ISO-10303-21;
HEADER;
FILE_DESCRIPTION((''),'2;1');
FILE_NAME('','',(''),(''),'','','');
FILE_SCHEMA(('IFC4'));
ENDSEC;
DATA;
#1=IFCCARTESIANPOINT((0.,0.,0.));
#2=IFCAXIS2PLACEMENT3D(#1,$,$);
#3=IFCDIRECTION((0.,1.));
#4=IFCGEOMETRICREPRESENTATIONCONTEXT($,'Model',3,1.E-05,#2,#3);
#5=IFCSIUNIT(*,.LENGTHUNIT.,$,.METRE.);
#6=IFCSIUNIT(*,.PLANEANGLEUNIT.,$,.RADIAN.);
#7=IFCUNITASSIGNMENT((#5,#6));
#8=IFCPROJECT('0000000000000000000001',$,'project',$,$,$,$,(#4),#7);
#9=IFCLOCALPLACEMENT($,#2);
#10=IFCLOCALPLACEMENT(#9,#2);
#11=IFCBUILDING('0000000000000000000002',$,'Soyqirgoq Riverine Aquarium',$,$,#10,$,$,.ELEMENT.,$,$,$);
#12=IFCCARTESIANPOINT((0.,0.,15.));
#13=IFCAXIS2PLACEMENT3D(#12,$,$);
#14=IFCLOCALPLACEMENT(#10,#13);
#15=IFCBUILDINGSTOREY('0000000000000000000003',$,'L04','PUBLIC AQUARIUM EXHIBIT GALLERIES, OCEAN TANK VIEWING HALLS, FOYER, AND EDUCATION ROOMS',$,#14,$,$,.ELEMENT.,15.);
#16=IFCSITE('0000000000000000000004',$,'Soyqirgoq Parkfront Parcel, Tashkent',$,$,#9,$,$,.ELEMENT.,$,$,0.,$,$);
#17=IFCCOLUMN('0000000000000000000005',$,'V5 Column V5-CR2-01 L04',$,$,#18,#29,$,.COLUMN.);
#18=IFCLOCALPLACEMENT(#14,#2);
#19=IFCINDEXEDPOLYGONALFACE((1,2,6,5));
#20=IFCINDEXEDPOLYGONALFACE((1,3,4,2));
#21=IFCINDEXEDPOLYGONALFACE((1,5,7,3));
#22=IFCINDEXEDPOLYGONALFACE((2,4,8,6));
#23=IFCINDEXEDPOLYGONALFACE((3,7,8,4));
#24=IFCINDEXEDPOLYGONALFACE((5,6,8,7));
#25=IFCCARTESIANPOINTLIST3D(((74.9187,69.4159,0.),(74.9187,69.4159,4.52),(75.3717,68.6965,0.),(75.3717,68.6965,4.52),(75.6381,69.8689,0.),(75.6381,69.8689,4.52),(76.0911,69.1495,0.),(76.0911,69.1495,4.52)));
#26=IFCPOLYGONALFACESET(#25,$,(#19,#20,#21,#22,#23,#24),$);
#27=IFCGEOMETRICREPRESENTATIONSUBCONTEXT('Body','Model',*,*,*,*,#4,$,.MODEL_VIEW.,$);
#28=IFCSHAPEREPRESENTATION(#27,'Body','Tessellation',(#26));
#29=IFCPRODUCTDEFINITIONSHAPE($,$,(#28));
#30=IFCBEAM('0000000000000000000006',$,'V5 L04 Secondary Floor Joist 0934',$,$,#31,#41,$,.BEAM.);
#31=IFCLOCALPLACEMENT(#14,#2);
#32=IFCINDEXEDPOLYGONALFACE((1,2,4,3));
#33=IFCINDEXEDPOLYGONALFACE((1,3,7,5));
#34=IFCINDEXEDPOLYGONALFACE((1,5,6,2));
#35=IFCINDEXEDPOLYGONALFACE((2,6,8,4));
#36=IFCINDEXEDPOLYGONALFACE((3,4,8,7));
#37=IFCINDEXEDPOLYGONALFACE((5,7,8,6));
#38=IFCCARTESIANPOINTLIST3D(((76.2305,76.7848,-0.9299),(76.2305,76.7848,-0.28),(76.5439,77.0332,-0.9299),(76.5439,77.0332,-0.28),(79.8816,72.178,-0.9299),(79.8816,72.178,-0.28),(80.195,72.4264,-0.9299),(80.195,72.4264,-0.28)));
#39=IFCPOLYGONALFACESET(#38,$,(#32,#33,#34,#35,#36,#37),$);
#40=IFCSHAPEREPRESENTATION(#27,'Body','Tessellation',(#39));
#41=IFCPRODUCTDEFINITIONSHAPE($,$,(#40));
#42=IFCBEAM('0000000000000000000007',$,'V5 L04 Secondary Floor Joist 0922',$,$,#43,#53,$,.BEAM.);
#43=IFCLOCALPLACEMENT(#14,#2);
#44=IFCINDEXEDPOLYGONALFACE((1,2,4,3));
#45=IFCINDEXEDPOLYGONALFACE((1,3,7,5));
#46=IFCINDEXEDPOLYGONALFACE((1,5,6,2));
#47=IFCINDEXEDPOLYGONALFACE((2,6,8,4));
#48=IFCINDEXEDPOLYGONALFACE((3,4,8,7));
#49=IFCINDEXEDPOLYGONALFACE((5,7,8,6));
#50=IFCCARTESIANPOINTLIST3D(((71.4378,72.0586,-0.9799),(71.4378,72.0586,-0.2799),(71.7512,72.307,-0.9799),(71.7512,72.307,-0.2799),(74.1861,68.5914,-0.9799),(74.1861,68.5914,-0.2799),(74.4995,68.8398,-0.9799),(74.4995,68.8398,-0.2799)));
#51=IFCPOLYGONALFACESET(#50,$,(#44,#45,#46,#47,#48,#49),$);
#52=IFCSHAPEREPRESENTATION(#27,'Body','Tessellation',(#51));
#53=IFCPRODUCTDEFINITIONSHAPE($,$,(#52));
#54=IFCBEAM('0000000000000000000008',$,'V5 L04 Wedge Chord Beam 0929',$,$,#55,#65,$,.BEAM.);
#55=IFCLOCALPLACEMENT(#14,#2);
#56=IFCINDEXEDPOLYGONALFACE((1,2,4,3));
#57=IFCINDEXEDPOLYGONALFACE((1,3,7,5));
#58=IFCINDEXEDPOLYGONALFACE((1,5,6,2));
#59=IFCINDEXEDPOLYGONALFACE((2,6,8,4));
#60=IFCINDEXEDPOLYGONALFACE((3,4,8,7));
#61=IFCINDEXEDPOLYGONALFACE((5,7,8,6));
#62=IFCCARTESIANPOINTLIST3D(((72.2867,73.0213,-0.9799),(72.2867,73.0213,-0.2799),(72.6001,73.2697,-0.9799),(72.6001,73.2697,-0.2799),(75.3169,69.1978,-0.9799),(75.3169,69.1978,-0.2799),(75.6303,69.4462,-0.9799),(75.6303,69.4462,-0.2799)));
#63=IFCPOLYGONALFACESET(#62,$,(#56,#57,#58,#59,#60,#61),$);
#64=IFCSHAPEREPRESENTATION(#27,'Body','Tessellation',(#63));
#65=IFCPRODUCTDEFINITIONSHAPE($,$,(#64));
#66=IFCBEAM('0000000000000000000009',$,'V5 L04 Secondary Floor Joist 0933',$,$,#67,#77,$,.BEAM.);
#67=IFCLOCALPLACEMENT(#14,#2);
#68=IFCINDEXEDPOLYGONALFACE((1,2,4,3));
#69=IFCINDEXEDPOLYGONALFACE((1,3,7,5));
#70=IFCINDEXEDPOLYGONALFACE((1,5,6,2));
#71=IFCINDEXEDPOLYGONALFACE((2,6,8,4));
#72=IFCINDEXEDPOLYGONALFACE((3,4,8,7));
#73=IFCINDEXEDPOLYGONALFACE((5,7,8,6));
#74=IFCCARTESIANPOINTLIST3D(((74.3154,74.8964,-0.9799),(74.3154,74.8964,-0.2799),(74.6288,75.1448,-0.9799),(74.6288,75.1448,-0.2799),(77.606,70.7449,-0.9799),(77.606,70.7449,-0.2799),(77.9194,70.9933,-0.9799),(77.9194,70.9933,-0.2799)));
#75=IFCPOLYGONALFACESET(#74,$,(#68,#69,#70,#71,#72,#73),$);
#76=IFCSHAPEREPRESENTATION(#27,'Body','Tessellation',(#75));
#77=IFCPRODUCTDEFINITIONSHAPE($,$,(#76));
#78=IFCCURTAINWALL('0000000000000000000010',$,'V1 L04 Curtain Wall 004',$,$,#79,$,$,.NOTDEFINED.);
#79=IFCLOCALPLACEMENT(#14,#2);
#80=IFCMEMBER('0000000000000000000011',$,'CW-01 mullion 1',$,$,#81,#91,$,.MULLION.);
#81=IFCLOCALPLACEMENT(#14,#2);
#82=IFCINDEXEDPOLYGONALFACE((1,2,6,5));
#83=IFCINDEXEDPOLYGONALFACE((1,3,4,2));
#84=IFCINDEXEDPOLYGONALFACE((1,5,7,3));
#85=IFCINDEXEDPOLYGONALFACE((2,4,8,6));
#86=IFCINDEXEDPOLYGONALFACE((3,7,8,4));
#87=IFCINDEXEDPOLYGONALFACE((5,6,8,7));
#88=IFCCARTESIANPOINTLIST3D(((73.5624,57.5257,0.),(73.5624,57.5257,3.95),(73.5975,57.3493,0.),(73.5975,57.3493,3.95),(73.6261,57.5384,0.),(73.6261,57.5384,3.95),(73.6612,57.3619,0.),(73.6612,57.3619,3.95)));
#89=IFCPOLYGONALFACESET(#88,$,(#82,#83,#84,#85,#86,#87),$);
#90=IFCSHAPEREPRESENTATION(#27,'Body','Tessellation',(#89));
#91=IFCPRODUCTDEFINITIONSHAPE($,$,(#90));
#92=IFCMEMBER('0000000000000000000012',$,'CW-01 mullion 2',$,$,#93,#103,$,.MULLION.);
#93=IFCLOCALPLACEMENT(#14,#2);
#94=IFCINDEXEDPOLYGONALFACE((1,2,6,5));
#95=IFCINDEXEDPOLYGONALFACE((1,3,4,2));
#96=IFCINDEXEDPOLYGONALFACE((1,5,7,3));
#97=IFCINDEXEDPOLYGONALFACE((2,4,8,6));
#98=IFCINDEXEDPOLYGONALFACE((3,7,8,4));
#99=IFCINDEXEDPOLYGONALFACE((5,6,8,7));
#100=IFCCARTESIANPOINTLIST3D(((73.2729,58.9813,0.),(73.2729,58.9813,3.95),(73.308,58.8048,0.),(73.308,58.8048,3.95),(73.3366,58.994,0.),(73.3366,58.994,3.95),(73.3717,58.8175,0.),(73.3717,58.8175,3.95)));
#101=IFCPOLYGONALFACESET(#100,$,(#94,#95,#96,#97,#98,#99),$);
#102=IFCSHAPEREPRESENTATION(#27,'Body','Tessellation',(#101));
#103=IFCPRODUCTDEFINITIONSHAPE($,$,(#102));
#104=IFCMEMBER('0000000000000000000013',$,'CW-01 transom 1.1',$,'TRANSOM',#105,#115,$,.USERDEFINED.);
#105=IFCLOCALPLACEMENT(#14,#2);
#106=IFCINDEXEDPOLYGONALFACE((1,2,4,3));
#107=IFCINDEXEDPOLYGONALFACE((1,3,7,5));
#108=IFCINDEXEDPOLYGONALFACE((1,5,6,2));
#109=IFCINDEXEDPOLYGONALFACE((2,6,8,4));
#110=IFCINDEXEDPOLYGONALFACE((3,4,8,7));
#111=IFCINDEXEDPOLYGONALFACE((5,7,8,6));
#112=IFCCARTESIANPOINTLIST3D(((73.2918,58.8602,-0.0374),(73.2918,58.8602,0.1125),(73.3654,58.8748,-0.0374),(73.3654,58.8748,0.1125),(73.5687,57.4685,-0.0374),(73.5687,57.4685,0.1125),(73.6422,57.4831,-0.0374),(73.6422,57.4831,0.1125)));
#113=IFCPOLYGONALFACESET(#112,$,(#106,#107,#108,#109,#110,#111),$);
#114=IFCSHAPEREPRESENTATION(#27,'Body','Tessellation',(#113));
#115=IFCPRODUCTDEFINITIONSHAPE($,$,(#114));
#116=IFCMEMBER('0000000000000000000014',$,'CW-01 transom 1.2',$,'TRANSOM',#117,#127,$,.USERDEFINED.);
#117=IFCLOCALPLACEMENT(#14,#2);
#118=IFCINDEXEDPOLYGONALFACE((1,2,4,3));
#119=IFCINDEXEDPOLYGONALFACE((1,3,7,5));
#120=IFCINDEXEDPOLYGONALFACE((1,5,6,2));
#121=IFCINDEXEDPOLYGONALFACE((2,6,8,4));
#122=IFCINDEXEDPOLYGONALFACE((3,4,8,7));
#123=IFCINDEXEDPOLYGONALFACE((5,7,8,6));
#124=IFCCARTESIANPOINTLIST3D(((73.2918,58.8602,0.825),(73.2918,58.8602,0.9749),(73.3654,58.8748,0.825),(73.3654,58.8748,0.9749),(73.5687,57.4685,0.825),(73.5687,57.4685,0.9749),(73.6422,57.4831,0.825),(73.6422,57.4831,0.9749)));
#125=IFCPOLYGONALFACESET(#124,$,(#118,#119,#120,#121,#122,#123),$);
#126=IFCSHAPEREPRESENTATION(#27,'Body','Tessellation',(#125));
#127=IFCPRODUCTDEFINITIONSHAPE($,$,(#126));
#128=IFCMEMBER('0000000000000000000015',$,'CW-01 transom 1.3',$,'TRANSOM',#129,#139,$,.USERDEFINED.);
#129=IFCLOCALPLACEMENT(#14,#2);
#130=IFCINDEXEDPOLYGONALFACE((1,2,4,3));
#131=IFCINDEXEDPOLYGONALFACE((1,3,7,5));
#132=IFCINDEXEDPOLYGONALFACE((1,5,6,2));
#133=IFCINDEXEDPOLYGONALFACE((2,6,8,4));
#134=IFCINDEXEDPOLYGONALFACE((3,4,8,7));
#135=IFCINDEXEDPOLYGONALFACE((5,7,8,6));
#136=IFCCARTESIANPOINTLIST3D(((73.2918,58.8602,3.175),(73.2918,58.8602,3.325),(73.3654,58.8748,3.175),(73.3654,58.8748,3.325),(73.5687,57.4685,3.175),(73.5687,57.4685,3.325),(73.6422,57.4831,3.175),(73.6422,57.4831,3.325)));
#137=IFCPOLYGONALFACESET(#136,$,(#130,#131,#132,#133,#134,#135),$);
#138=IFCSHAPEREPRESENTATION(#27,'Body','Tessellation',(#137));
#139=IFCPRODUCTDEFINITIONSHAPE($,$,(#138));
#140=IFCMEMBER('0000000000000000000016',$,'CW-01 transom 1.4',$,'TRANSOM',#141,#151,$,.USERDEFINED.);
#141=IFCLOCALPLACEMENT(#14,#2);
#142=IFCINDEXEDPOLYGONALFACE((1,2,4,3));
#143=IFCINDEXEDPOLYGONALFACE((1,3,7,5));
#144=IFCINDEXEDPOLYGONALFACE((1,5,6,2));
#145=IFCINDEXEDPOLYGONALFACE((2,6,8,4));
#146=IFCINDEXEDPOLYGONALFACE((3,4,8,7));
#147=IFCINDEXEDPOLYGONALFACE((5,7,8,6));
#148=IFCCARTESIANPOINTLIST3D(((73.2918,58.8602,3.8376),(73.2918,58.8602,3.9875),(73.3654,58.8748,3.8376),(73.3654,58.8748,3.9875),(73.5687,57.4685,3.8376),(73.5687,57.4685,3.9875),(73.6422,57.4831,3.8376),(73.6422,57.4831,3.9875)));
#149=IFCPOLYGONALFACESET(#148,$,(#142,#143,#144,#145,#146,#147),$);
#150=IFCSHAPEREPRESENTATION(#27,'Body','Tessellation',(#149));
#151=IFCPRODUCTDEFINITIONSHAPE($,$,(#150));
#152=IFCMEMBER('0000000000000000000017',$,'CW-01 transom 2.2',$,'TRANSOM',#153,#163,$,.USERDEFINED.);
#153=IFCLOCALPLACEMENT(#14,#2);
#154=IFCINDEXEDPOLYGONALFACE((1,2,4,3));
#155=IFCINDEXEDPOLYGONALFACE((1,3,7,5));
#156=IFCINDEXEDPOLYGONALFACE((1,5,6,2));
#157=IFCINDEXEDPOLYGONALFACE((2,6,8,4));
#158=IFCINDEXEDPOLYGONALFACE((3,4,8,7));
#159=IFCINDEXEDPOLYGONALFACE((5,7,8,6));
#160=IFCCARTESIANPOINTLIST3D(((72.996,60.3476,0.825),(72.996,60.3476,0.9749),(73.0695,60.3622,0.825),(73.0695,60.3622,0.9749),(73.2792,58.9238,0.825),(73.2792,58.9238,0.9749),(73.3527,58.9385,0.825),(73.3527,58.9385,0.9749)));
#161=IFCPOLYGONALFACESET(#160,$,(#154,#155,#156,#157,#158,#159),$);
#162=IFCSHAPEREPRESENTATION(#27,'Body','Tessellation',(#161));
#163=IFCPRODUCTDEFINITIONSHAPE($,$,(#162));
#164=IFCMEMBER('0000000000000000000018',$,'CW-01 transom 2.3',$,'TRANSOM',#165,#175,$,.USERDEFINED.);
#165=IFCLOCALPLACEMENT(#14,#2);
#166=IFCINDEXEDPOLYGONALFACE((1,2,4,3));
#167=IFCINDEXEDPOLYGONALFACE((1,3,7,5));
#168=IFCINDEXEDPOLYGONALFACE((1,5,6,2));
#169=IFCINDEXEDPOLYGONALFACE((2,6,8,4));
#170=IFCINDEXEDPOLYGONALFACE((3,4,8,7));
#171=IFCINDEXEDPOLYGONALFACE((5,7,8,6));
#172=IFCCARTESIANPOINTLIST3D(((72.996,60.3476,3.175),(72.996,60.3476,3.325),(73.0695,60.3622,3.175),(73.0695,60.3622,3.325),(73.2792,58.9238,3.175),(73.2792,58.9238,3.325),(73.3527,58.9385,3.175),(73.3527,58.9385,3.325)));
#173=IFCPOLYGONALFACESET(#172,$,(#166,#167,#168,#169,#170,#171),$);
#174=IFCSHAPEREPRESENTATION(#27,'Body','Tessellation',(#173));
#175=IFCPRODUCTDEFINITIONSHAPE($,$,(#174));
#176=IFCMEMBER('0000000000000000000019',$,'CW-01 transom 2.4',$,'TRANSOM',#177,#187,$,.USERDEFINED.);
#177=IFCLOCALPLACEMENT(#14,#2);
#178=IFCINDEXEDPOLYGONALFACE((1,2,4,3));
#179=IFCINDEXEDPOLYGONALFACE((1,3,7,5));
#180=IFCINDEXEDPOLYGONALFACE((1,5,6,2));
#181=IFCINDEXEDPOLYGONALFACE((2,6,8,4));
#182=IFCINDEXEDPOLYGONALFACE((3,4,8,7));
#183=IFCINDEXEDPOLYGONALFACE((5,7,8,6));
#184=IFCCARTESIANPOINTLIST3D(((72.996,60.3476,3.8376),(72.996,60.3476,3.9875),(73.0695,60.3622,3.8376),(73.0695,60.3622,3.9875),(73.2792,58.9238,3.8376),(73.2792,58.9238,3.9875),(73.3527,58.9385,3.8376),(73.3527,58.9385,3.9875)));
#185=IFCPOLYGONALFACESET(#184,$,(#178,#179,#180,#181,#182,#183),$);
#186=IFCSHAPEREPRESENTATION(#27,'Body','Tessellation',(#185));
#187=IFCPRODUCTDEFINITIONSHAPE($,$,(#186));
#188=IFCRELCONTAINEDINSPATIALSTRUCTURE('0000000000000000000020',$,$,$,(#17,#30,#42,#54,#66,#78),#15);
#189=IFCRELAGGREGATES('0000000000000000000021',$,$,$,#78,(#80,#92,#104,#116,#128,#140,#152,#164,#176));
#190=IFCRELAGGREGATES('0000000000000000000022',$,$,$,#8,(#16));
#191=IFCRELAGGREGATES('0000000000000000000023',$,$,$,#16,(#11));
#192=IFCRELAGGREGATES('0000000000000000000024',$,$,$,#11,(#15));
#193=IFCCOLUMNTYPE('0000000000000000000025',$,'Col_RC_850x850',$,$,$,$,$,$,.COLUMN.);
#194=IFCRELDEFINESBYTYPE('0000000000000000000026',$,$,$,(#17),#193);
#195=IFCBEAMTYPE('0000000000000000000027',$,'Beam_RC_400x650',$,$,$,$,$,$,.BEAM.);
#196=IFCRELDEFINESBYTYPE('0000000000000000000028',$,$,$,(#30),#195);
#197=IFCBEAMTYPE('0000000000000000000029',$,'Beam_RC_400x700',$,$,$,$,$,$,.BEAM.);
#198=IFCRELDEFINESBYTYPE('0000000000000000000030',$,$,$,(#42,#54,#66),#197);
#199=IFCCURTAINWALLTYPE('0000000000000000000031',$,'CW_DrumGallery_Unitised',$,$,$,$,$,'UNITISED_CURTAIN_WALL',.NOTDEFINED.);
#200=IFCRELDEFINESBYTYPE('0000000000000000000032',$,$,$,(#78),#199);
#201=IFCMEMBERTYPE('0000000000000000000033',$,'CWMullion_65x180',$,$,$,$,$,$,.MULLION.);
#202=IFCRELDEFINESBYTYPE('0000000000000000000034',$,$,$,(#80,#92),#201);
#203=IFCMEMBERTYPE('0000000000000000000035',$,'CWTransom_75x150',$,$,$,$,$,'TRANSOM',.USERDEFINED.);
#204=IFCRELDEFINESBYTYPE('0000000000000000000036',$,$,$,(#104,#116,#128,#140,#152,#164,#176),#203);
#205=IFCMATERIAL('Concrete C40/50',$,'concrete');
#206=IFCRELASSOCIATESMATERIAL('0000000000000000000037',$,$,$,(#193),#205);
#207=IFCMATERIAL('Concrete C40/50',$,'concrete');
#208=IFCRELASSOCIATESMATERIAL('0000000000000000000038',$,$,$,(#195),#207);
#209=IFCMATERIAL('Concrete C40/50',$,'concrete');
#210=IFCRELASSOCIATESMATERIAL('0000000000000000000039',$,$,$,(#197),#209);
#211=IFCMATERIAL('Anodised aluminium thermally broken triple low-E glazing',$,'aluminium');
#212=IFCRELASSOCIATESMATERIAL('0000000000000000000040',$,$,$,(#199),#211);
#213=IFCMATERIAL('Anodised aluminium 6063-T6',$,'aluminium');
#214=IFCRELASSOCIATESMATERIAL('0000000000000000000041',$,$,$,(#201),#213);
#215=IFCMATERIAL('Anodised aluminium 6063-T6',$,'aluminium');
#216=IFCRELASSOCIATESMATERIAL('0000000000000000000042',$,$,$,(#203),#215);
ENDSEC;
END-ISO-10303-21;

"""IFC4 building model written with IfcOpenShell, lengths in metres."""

from ifc_helpers import new_model, si_unit, direction, frame, origin, origin_2d, place, context, subcontext, project, spatial, rectangle, extrude, material, material_profile, profile_set, type_object, element, aggregate, save


model = new_model("IFC4")

# Units and contexts
model_context = context("Model", 3, precision=1e-05, world=origin(), true_north=direction((0.0, 1.0)))
body_context = subcontext(model_context, "Body", "Model", "MODEL_VIEW")
ifc_project = project(units=[si_unit("LENGTHUNIT", "METRE"), si_unit("PLANEANGLEUNIT", "RADIAN")], contexts=[model_context])

# Site, building, storey
site_placement = place(None, origin())
site = spatial("IfcSite", under=ifc_project, at=site_placement, Name="Soyqirgoq Parkfront Parcel, Tashkent", CompositionType="ELEMENT", RefElevation=0.0)
building_placement = place(site_placement, origin())
building = spatial("IfcBuilding", under=site, at=building_placement, Name="Soyqirgoq Riverine Aquarium", CompositionType="ELEMENT")
storey_placement = place(building_placement, frame((0.0, 0.0, 15.0)))
storey = spatial("IfcBuildingStorey", under=building, at=storey_placement, Name="L04", Description="PUBLIC AQUARIUM EXHIBIT GALLERIES, OCEAN TANK VIEWING HALLS, FOYER, AND EDUCATION ROOMS", CompositionType="ELEMENT", Elevation=15.0)

# Column
ifc_material_1 = material(Name="Concrete C40/50", Category="concrete")
ifc_material_profile_1 = material_profile(ifc_material_1, rectangle(XDim=0.8501, YDim=0.8501, at=origin_2d()), Name="RC 850x850")
ifc_profile_set_1 = profile_set([ifc_material_profile_1], Name="Concrete C40/50")
column_type = type_object("IfcColumnType", Name="Col_RC_850x850", PredefinedType="COLUMN", material=ifc_profile_set_1)
column_placement = place(storey_placement, frame((75.5049, 69.2827, 0.0), z_axis=(0.0, 0.0, 1.0), x_axis=(0.846193, 0.532876, 0.0)))
element("IfcColumn", 1, at=column_placement, inside=storey, type_object=column_type, Name="V5 Column V5-CR2-01 L04", PredefinedType="COLUMN", context=body_context, shape_type="SweptSolid", body=[
    extrude(rectangle(XDim=0.8501, YDim=0.8501, at=origin_2d()), origin(), (0.0, 0.0, 1.0), 4.52),
])

# Beams
ifc_material_2 = material(Name="Concrete C40/50", Category="concrete")
ifc_material_profile_2 = material_profile(ifc_material_2, rectangle(XDim=0.3999, YDim=0.6499, at=origin_2d()), Name="RC 400x650")
ifc_profile_set_2 = profile_set([ifc_material_profile_2], Name="Concrete C40/50")
beam_type_1 = type_object("IfcBeamType", Name="Beam_RC_400x650", PredefinedType="BEAM", material=ifc_profile_set_2)
beam_1_placement = place(storey_placement, frame((80.0383, 72.3022, -0.605), z_axis=(-0.621138, 0.783701, 0.0), x_axis=(-0.783701, -0.621138, 0.0)))
element("IfcBeam", 2, at=beam_1_placement, inside=storey, type_object=beam_type_1, Name="V5 L04 Secondary Floor Joist 0934", PredefinedType="BEAM", context=body_context, shape_type="SweptSolid", body=[
    extrude(rectangle(XDim=0.3999, YDim=0.6499, at=origin_2d()), origin(), (0.0, 0.0, 1.0), 5.8782),
])
ifc_material_3 = material(Name="Concrete C40/50", Category="concrete")
ifc_material_profile_3 = material_profile(ifc_material_3, rectangle(XDim=0.3999, YDim=0.7, at=origin_2d()), Name="RC 400x700")
ifc_profile_set_3 = profile_set([ifc_material_profile_3], Name="Concrete C40/50")
beam_type_2 = type_object("IfcBeamType", Name="Beam_RC_400x700", PredefinedType="BEAM", material=ifc_profile_set_3)
beam_2_placement = place(storey_placement, frame((74.3428, 68.7156, -0.6299), z_axis=(-0.621169, 0.783676, 0.0), x_axis=(-0.783676, -0.621169, 0.0)))
element("IfcBeam", 3, at=beam_2_placement, inside=storey, type_object=beam_type_2, Name="V5 L04 Secondary Floor Joist 0922", PredefinedType="BEAM", context=body_context, shape_type="SweptSolid", body=[
    extrude(rectangle(XDim=0.3999, YDim=0.7, at=origin_2d()), origin(), (0.0, 0.0, 1.0), 4.4243),
])
beam_3_placement = place(storey_placement, frame((75.4736, 69.322, -0.6299), z_axis=(-0.621125, 0.783712, 0.0), x_axis=(-0.783712, -0.621125, 0.0)))
element("IfcBeam", 4, at=beam_3_placement, inside=storey, type_object=beam_type_2, Name="V5 L04 Wedge Chord Beam 0929", PredefinedType="BEAM", context=body_context, shape_type="SweptSolid", body=[
    extrude(rectangle(XDim=0.3999, YDim=0.7, at=origin_2d()), origin(), (0.0, 0.0, 1.0), 4.8787),
])
beam_4_placement = place(storey_placement, frame((77.7627, 70.8691, -0.6299), z_axis=(-0.62117, 0.783676, 0.0), x_axis=(-0.783676, -0.62117, 0.0)))
element("IfcBeam", 5, at=beam_4_placement, inside=storey, type_object=beam_type_2, Name="V5 L04 Secondary Floor Joist 0933", PredefinedType="BEAM", context=body_context, shape_type="SweptSolid", body=[
    extrude(rectangle(XDim=0.3999, YDim=0.7, at=origin_2d()), origin(), (0.0, 0.0, 1.0), 5.2974),
])

# Curtain wall, members
ifc_material_4 = material(Name="Anodised aluminium thermally broken triple low-E glazing", Category="aluminium")
curtain_wall_type = type_object("IfcCurtainWallType", Name="CW_DrumGallery_Unitised", ElementType="UNITISED_CURTAIN_WALL", PredefinedType="NOTDEFINED", material=ifc_material_4)
curtain_wall_placement = place(storey_placement, origin())
curtain_wall = element("IfcCurtainWall", 6, at=curtain_wall_placement, inside=storey, type_object=curtain_wall_type, Name="V1 L04 Curtain Wall 004", PredefinedType="NOTDEFINED")
ifc_material_5 = material(Name="Anodised aluminium 6063-T6", Category="aluminium")
ifc_material_profile_4 = material_profile(ifc_material_5, rectangle(XDim=0.0649, YDim=0.1799, at=origin_2d()), Name="ALU-M 65x180")
ifc_profile_set_4 = profile_set([ifc_material_profile_4], Name="Anodised aluminium 6063-T6")
member_type_1 = type_object("IfcMemberType", Name="CWMullion_65x180", PredefinedType="MULLION", material=ifc_profile_set_4)
member_1_placement = place(storey_placement, frame((73.6118, 57.4438, 0.0), z_axis=(0.0, 0.0, 1.0), x_axis=(-0.980783, -0.195102, 0.0)))
member_1 = element("IfcMember", 7, at=member_1_placement, type_object=member_type_1, Name="CW-01 mullion 1", PredefinedType="MULLION", context=body_context, shape_type="SweptSolid", body=[
    extrude(rectangle(XDim=0.0649, YDim=0.1799, at=origin_2d()), origin(), (0.0, 0.0, 1.0), 3.95),
])
member_2_placement = place(storey_placement, frame((73.3223, 58.8994, 0.0), z_axis=(0.0, 0.0, 1.0), x_axis=(-0.980783, -0.195102, 0.0)))
member_2 = element("IfcMember", 8, at=member_2_placement, type_object=member_type_1, Name="CW-01 mullion 2", PredefinedType="MULLION", context=body_context, shape_type="SweptSolid", body=[
    extrude(rectangle(XDim=0.0649, YDim=0.1799, at=origin_2d()), origin(), (0.0, 0.0, 1.0), 3.95),
])
ifc_material_6 = material(Name="Anodised aluminium 6063-T6", Category="aluminium")
ifc_material_profile_5 = material_profile(ifc_material_6, rectangle(XDim=0.075, YDim=0.1499, at=origin_2d()), Name="ALU-T 75x150")
ifc_profile_set_5 = profile_set([ifc_material_profile_5], Name="Anodised aluminium 6063-T6")
member_type_2 = type_object("IfcMemberType", Name="CWTransom_75x150", ElementType="TRANSOM", PredefinedType="USERDEFINED", material=ifc_profile_set_5)
member_3_placement = place(storey_placement, frame((73.6055, 57.4758, 0.0376), z_axis=(-0.195123, 0.980779, 0.0), x_axis=(-0.980779, -0.195123, 0.0)))
member_3 = element("IfcMember", 9, at=member_3_placement, type_object=member_type_2, Name="CW-01 transom 1.1", ObjectType="TRANSOM", PredefinedType="USERDEFINED", context=body_context, shape_type="SweptSolid", body=[
    extrude(rectangle(XDim=0.075, YDim=0.1499, at=origin_2d()), origin(), (0.0, 0.0, 1.0), 1.4189),
])
member_4_placement = place(storey_placement, frame((73.6055, 57.4758, 0.8999), z_axis=(-0.195123, 0.980779, 0.0), x_axis=(-0.980779, -0.195123, 0.0)))
member_4 = element("IfcMember", 10, at=member_4_placement, type_object=member_type_2, Name="CW-01 transom 1.2", ObjectType="TRANSOM", PredefinedType="USERDEFINED", context=body_context, shape_type="SweptSolid", body=[
    extrude(rectangle(XDim=0.075, YDim=0.1499, at=origin_2d()), origin(), (0.0, 0.0, 1.0), 1.4189),
])
member_5_placement = place(storey_placement, frame((73.6055, 57.4758, 3.25), z_axis=(-0.195123, 0.980779, 0.0), x_axis=(-0.980779, -0.195123, 0.0)))
member_5 = element("IfcMember", 11, at=member_5_placement, type_object=member_type_2, Name="CW-01 transom 1.3", ObjectType="TRANSOM", PredefinedType="USERDEFINED", context=body_context, shape_type="SweptSolid", body=[
    extrude(rectangle(XDim=0.075, YDim=0.1499, at=origin_2d()), origin(), (0.0, 0.0, 1.0), 1.4189),
])
member_6_placement = place(storey_placement, frame((73.6055, 57.4758, 3.9126), z_axis=(-0.195123, 0.980779, 0.0), x_axis=(-0.980779, -0.195123, 0.0)))
member_6 = element("IfcMember", 12, at=member_6_placement, type_object=member_type_2, Name="CW-01 transom 1.4", ObjectType="TRANSOM", PredefinedType="USERDEFINED", context=body_context, shape_type="SweptSolid", body=[
    extrude(rectangle(XDim=0.075, YDim=0.1499, at=origin_2d()), origin(), (0.0, 0.0, 1.0), 1.4189),
])
member_7_placement = place(storey_placement, frame((73.3159, 58.9312, 0.8999), z_axis=(-0.195081, 0.980787, 0.0), x_axis=(-0.980787, -0.195081, 0.0)))
member_7 = element("IfcMember", 13, at=member_7_placement, type_object=member_type_2, Name="CW-01 transom 2.2", ObjectType="TRANSOM", PredefinedType="USERDEFINED", context=body_context, shape_type="SweptSolid", body=[
    extrude(rectangle(XDim=0.075, YDim=0.1499, at=origin_2d()), origin(), (0.0, 0.0, 1.0), 1.4517),
])
member_8_placement = place(storey_placement, frame((73.3159, 58.9312, 3.25), z_axis=(-0.195081, 0.980787, 0.0), x_axis=(-0.980787, -0.195081, 0.0)))
member_8 = element("IfcMember", 14, at=member_8_placement, type_object=member_type_2, Name="CW-01 transom 2.3", ObjectType="TRANSOM", PredefinedType="USERDEFINED", context=body_context, shape_type="SweptSolid", body=[
    extrude(rectangle(XDim=0.075, YDim=0.1499, at=origin_2d()), origin(), (0.0, 0.0, 1.0), 1.4517),
])
member_9_placement = place(storey_placement, frame((73.3159, 58.9312, 3.9126), z_axis=(-0.195081, 0.980787, 0.0), x_axis=(-0.980787, -0.195081, 0.0)))
member_9 = element("IfcMember", 15, at=member_9_placement, type_object=member_type_2, Name="CW-01 transom 2.4", ObjectType="TRANSOM", PredefinedType="USERDEFINED", context=body_context, shape_type="SweptSolid", body=[
    extrude(rectangle(XDim=0.075, YDim=0.1499, at=origin_2d()), origin(), (0.0, 0.0, 1.0), 1.4517),
])

aggregate(curtain_wall, [member_1, member_2, member_3, member_4, member_5, member_6, member_7, member_8, member_9])

save(model, "model.ifc")
